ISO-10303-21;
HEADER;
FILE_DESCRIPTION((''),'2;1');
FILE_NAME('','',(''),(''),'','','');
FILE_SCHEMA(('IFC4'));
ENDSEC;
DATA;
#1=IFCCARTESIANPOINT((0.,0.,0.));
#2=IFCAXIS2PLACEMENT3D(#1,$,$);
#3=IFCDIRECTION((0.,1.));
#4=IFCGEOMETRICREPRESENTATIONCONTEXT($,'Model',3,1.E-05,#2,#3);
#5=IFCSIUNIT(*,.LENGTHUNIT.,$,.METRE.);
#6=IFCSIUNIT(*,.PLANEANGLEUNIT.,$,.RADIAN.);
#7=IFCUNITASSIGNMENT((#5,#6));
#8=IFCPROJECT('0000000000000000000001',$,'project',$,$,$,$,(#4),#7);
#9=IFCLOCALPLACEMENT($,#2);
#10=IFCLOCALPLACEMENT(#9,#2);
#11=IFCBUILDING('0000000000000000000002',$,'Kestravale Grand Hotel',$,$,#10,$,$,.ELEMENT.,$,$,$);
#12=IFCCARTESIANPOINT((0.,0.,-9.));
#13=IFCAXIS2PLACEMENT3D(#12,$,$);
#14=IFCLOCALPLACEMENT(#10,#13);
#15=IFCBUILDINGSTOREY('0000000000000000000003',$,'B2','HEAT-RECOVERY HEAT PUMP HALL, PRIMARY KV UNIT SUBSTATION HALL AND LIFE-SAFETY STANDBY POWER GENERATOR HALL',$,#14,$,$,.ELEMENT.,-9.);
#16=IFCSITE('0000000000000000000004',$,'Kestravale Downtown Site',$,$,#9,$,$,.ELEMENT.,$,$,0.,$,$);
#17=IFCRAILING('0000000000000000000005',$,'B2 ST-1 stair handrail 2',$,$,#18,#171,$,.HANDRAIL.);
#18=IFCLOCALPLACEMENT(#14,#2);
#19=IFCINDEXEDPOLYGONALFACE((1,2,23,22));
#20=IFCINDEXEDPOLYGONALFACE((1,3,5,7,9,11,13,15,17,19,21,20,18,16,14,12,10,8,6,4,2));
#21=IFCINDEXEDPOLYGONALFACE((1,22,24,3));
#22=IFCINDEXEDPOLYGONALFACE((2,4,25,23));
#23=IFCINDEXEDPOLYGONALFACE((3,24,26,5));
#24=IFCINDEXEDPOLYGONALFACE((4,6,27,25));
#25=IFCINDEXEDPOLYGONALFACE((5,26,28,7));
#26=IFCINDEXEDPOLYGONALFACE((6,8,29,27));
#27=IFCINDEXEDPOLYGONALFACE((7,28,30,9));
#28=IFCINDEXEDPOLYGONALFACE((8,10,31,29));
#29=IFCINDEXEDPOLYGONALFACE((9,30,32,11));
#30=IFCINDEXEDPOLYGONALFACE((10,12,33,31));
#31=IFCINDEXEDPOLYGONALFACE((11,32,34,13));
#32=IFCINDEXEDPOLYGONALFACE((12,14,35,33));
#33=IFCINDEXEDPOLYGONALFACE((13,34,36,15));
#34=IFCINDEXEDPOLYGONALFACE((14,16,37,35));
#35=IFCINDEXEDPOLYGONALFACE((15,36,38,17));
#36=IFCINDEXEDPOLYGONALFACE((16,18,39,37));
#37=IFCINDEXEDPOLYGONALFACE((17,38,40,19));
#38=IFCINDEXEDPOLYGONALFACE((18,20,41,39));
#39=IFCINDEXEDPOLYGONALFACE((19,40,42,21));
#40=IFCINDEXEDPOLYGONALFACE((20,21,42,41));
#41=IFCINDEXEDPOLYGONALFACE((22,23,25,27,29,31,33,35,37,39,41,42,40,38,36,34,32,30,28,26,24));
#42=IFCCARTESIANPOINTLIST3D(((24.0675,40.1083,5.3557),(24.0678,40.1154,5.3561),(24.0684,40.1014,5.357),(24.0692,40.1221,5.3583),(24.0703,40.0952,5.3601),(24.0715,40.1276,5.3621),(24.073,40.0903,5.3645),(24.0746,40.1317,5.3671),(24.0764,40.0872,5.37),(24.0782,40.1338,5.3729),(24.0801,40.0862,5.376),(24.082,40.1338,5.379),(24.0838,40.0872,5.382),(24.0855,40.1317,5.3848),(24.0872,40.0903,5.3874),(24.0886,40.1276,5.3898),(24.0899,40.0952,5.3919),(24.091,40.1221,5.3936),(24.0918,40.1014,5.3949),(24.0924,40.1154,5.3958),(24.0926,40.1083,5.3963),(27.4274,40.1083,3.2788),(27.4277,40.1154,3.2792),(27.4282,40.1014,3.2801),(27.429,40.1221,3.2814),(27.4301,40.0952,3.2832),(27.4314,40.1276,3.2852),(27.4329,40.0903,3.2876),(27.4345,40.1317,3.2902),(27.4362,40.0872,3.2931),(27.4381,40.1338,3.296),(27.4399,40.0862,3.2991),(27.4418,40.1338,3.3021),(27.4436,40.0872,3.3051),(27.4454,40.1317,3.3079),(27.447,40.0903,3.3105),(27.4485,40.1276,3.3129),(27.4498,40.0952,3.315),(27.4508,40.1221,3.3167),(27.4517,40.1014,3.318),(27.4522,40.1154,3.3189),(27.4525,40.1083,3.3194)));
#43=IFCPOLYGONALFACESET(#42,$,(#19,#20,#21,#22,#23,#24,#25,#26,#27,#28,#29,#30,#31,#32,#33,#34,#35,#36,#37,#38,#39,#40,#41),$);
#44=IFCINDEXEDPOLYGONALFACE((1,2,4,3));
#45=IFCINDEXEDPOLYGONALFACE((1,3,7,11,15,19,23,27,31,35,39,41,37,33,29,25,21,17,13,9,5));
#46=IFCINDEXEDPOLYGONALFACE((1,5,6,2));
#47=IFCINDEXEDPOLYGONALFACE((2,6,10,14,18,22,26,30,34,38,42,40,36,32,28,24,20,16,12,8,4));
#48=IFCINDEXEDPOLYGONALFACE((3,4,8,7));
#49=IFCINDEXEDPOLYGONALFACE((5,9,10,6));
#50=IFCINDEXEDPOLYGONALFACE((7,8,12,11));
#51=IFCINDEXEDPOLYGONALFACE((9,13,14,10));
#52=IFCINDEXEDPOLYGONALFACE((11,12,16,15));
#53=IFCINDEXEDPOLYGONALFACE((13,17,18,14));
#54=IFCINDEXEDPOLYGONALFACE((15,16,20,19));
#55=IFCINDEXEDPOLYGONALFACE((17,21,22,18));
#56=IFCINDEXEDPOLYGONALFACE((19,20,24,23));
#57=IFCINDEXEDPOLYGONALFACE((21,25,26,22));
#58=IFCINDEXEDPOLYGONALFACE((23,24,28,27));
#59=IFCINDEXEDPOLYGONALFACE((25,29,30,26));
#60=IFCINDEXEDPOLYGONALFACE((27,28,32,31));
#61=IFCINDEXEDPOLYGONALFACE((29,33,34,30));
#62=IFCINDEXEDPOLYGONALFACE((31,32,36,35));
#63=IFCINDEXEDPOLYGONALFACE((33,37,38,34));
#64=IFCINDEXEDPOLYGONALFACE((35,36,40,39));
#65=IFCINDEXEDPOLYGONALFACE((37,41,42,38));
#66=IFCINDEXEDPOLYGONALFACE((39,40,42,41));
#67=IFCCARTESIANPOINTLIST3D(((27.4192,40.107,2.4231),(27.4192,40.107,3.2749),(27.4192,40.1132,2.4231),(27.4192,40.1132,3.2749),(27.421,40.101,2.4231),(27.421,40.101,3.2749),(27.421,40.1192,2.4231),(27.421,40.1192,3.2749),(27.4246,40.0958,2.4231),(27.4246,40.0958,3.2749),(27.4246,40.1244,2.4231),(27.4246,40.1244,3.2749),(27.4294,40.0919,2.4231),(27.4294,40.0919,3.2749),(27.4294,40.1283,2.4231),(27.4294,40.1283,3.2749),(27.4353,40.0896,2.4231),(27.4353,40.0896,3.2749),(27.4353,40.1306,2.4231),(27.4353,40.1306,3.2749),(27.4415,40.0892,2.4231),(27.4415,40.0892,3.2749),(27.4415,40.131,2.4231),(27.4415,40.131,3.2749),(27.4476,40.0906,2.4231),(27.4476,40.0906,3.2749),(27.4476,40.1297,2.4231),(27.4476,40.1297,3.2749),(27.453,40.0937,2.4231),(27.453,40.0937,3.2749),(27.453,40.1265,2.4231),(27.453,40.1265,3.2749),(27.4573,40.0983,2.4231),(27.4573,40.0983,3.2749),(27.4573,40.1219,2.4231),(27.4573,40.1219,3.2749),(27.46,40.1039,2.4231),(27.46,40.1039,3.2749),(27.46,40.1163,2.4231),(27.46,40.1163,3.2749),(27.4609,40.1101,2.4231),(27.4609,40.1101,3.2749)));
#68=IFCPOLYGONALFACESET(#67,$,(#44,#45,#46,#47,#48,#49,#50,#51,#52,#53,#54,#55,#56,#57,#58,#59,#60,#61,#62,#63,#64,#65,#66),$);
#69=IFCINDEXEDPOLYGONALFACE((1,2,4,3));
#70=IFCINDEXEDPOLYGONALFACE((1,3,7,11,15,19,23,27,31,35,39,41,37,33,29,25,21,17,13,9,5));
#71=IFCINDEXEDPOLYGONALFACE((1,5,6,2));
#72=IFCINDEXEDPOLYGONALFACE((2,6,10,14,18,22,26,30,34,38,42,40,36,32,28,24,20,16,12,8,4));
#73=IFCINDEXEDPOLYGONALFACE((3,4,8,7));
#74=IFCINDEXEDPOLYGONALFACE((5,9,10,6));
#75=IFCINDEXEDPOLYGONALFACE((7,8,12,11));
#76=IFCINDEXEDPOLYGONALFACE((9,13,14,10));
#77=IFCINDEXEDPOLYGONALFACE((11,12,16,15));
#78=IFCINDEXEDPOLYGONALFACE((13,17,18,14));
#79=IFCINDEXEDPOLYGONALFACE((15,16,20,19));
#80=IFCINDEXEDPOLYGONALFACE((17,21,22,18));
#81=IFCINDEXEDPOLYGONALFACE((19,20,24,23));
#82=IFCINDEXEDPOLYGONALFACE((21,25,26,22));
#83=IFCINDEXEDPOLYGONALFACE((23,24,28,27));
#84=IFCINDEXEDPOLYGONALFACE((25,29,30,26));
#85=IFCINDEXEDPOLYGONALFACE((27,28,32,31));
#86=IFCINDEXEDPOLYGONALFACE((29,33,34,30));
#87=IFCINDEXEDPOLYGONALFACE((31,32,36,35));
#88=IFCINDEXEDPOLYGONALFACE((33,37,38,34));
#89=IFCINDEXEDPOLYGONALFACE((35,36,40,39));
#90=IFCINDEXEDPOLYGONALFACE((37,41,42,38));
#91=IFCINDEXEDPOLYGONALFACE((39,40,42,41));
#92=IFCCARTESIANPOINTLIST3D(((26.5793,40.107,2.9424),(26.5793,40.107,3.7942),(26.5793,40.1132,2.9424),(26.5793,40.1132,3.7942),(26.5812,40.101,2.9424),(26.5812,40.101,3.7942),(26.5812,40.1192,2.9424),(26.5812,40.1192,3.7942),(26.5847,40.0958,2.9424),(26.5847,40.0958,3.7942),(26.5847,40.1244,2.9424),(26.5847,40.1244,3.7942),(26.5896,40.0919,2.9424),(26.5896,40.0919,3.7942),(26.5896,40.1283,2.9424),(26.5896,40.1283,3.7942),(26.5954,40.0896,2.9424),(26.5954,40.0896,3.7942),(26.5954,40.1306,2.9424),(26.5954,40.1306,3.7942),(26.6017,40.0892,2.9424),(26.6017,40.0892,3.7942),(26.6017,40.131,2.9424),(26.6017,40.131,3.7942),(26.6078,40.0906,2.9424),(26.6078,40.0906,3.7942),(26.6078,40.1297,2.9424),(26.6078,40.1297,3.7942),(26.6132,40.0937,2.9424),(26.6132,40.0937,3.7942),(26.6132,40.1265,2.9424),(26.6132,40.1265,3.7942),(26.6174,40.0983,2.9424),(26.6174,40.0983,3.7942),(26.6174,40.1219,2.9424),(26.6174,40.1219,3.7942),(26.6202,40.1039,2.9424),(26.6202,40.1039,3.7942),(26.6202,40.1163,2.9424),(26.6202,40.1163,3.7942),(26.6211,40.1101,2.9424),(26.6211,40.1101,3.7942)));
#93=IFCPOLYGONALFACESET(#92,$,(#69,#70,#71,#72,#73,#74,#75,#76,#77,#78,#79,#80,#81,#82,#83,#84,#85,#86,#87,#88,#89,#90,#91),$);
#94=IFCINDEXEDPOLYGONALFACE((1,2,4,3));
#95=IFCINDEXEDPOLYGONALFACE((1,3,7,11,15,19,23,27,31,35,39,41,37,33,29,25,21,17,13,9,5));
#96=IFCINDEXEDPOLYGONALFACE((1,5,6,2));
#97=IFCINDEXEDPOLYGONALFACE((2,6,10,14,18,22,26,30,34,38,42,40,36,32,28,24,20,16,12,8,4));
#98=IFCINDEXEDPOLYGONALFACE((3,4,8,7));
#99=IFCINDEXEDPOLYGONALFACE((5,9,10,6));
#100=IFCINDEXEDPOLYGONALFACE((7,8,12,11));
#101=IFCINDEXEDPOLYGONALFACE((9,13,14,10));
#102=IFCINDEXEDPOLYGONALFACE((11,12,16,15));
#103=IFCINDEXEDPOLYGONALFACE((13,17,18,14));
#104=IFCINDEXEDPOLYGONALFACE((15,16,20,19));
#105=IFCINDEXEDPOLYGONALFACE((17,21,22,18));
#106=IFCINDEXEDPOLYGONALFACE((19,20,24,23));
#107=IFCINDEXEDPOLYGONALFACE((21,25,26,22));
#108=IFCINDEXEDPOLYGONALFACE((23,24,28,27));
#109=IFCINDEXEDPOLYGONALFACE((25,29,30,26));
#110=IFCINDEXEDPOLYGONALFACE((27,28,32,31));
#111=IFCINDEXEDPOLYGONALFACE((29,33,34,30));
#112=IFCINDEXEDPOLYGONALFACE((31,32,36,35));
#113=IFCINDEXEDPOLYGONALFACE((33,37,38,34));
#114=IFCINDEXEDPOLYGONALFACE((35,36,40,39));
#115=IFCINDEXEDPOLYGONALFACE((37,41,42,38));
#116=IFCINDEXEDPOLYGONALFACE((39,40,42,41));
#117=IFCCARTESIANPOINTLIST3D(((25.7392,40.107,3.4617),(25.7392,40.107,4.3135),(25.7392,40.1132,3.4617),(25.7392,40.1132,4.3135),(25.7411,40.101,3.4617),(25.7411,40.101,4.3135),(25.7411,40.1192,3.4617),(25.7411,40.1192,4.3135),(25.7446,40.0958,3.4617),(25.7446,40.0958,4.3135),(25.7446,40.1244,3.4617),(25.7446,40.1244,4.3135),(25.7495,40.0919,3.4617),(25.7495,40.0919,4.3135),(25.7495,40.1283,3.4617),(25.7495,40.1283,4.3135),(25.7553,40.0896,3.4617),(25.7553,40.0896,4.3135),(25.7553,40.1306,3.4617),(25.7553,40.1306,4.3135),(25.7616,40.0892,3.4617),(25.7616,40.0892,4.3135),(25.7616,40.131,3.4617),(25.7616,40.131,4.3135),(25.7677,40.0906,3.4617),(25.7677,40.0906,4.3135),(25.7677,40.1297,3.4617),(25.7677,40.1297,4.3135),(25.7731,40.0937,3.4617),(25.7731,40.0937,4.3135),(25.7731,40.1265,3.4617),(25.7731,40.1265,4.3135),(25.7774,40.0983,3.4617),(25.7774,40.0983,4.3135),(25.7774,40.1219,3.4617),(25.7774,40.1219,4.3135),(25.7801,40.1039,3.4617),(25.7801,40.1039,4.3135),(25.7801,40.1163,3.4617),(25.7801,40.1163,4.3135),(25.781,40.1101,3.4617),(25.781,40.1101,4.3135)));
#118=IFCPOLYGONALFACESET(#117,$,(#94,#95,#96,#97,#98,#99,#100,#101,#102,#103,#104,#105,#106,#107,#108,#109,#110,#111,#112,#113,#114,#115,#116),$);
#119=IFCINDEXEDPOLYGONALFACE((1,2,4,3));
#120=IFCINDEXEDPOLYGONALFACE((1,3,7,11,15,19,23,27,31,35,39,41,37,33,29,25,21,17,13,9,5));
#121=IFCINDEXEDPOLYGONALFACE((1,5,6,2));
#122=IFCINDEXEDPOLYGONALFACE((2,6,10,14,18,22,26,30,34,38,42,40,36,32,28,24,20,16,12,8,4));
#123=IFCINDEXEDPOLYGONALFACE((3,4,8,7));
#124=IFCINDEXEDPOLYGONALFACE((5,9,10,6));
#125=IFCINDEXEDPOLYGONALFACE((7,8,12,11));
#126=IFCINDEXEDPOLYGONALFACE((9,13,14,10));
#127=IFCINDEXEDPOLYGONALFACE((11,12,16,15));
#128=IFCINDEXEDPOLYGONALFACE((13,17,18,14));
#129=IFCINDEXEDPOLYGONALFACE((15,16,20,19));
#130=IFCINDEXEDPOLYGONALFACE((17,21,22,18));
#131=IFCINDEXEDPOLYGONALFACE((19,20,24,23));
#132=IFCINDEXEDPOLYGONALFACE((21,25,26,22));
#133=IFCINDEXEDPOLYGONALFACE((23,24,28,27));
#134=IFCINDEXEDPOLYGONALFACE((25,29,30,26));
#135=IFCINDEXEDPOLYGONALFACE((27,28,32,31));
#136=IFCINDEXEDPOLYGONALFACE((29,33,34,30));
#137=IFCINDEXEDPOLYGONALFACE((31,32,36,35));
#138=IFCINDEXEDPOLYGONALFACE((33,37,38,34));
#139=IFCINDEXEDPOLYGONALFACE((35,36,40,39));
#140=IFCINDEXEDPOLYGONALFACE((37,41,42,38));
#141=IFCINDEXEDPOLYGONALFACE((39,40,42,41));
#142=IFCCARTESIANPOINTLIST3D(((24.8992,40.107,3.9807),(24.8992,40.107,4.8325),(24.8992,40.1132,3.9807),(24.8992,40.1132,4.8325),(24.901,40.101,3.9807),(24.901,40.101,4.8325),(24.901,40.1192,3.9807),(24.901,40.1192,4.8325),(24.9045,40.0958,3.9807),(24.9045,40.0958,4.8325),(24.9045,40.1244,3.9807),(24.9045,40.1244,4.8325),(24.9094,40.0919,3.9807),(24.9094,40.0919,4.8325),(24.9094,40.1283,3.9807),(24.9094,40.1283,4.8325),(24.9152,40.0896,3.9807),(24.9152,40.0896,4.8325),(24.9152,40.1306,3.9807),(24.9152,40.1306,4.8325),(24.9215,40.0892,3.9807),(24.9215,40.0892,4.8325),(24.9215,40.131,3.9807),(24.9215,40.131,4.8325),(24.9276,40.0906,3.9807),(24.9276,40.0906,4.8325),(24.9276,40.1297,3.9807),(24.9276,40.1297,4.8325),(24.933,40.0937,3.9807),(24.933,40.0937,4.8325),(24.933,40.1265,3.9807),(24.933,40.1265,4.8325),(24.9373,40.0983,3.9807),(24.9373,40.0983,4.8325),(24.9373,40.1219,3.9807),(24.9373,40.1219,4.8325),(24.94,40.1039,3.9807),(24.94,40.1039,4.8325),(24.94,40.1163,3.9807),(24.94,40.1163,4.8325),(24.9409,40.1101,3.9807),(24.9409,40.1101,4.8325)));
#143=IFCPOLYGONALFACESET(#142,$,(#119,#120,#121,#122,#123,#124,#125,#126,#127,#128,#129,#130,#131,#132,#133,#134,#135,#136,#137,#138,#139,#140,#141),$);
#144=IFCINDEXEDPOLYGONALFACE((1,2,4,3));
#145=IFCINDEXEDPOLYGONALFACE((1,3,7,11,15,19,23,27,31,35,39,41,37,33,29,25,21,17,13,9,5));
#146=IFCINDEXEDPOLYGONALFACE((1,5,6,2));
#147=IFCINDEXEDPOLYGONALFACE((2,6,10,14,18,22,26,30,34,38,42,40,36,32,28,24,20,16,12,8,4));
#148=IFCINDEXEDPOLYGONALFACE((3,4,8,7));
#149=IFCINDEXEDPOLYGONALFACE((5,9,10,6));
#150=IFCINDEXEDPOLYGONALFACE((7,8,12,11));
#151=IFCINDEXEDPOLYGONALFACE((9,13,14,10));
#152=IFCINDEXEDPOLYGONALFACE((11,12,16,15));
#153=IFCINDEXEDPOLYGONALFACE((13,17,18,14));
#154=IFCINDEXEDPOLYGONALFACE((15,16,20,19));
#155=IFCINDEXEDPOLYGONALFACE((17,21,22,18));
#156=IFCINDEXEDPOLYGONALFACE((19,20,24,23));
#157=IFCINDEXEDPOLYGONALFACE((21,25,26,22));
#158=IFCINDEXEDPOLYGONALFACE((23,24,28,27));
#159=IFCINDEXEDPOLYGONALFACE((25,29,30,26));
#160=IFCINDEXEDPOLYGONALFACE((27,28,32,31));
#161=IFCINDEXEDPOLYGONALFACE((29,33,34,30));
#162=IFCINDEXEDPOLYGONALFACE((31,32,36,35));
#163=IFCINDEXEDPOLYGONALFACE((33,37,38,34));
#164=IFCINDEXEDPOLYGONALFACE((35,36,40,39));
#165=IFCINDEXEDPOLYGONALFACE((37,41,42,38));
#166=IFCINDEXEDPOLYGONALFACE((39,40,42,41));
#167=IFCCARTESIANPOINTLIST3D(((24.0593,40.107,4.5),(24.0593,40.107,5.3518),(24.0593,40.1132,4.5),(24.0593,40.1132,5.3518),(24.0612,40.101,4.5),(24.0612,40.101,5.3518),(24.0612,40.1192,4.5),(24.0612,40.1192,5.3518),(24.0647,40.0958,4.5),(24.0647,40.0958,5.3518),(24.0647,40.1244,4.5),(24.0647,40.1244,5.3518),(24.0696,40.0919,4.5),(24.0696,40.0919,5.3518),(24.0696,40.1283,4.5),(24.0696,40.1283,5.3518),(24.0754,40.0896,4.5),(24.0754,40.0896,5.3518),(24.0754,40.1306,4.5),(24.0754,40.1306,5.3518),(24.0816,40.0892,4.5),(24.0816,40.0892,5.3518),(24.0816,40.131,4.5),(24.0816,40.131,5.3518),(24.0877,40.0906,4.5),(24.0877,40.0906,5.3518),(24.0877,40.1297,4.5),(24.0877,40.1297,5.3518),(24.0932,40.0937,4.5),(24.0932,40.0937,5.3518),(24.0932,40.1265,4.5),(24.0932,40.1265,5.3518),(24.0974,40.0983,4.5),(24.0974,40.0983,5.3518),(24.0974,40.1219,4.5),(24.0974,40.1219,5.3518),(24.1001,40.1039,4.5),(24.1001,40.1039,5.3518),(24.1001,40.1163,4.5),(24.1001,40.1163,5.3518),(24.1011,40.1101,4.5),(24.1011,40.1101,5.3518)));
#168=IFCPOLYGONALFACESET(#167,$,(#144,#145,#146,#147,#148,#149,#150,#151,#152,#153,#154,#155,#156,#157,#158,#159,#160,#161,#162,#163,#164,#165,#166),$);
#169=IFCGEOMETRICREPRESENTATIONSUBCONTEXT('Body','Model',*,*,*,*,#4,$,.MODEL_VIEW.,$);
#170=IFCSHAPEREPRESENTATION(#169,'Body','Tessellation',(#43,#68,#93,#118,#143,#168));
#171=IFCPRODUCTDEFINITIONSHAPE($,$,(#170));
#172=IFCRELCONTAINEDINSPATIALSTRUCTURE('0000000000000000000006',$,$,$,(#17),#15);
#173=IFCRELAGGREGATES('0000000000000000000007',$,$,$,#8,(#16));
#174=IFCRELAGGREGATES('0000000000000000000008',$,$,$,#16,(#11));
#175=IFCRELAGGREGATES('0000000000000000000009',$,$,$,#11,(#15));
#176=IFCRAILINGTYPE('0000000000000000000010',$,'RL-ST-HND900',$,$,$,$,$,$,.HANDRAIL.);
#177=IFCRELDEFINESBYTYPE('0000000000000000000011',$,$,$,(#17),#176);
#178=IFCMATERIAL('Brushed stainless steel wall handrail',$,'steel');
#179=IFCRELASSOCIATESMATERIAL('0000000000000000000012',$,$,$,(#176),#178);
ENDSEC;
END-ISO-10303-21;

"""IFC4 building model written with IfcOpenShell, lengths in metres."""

from ifc_helpers import new_model, si_unit, direction, frame, origin, origin_2d, place, context, subcontext, project, spatial, circle, extrude, material, type_object, element, save


model = new_model("IFC4")

# Units and contexts
model_context = context("Model", 3, precision=1e-05, world=origin(), true_north=direction((0.0, 1.0)))
body_context = subcontext(model_context, "Body", "Model", "MODEL_VIEW")
ifc_project = project(units=[si_unit("LENGTHUNIT", "METRE"), si_unit("PLANEANGLEUNIT", "RADIAN")], contexts=[model_context])

# Site, building, storey
site_placement = place(None, origin())
site = spatial("IfcSite", under=ifc_project, at=site_placement, Name="Kestravale Downtown Site", CompositionType="ELEMENT", RefElevation=0.0)
building_placement = place(site_placement, origin())
building = spatial("IfcBuilding", under=site, at=building_placement, Name="Kestravale Grand Hotel", CompositionType="ELEMENT")
storey_placement = place(building_placement, frame((0.0, 0.0, -9.0)))
storey = spatial("IfcBuildingStorey", under=building, at=storey_placement, Name="B2", Description="HEAT-RECOVERY HEAT PUMP HALL, PRIMARY KV UNIT SUBSTATION HALL AND LIFE-SAFETY STANDBY POWER GENERATOR HALL", CompositionType="ELEMENT", Elevation=-9.0)

# Railing
ifc_material_1 = material(Name="Brushed stainless steel wall handrail", Category="steel")
railing_type_1 = type_object("IfcRailingType", Name="RL-ST-HND900", PredefinedType="HANDRAIL", material=ifc_material_1)
railing_1_placement = place(storey_placement, frame((27.4399, 40.1101, 2.4231)))
element("IfcRailing", 1, at=railing_1_placement, inside=storey, type_object=railing_type_1, Name="B2 ST-1 stair handrail 2", PredefinedType="HANDRAIL", context=body_context, shape_type="SweptSolid", body=[
    extrude(circle(Radius=0.0239, at=origin_2d()), frame((0.0, 0.0, 0.876), z_axis=(-0.850606, 0.0, 0.525803), x_axis=(0.0, -1.0, 0.0)), (0.0, 0.0, 1.0), 3.95),
    extrude(circle(Radius=0.021, at=origin_2d()), origin(), (0.0, 0.0, 1.0), 0.8518),
    extrude(circle(Radius=0.021, at=origin_2d()), frame((-0.8398, 0.0, 0.5193)), (0.0, 0.0, 1.0), 0.8518),
    extrude(circle(Radius=0.021, at=origin_2d()), frame((-1.6799, 0.0, 1.0386)), (0.0, 0.0, 1.0), 0.8518),
    extrude(circle(Radius=0.021, at=origin_2d()), frame((-2.52, 0.0, 1.5576)), (0.0, 0.0, 1.0), 0.8518),
    extrude(circle(Radius=0.021, at=origin_2d()), frame((-3.3599, 0.0, 2.0769)), (0.0, 0.0, 1.0), 0.8518),
])

save(model, "model.ifc")
